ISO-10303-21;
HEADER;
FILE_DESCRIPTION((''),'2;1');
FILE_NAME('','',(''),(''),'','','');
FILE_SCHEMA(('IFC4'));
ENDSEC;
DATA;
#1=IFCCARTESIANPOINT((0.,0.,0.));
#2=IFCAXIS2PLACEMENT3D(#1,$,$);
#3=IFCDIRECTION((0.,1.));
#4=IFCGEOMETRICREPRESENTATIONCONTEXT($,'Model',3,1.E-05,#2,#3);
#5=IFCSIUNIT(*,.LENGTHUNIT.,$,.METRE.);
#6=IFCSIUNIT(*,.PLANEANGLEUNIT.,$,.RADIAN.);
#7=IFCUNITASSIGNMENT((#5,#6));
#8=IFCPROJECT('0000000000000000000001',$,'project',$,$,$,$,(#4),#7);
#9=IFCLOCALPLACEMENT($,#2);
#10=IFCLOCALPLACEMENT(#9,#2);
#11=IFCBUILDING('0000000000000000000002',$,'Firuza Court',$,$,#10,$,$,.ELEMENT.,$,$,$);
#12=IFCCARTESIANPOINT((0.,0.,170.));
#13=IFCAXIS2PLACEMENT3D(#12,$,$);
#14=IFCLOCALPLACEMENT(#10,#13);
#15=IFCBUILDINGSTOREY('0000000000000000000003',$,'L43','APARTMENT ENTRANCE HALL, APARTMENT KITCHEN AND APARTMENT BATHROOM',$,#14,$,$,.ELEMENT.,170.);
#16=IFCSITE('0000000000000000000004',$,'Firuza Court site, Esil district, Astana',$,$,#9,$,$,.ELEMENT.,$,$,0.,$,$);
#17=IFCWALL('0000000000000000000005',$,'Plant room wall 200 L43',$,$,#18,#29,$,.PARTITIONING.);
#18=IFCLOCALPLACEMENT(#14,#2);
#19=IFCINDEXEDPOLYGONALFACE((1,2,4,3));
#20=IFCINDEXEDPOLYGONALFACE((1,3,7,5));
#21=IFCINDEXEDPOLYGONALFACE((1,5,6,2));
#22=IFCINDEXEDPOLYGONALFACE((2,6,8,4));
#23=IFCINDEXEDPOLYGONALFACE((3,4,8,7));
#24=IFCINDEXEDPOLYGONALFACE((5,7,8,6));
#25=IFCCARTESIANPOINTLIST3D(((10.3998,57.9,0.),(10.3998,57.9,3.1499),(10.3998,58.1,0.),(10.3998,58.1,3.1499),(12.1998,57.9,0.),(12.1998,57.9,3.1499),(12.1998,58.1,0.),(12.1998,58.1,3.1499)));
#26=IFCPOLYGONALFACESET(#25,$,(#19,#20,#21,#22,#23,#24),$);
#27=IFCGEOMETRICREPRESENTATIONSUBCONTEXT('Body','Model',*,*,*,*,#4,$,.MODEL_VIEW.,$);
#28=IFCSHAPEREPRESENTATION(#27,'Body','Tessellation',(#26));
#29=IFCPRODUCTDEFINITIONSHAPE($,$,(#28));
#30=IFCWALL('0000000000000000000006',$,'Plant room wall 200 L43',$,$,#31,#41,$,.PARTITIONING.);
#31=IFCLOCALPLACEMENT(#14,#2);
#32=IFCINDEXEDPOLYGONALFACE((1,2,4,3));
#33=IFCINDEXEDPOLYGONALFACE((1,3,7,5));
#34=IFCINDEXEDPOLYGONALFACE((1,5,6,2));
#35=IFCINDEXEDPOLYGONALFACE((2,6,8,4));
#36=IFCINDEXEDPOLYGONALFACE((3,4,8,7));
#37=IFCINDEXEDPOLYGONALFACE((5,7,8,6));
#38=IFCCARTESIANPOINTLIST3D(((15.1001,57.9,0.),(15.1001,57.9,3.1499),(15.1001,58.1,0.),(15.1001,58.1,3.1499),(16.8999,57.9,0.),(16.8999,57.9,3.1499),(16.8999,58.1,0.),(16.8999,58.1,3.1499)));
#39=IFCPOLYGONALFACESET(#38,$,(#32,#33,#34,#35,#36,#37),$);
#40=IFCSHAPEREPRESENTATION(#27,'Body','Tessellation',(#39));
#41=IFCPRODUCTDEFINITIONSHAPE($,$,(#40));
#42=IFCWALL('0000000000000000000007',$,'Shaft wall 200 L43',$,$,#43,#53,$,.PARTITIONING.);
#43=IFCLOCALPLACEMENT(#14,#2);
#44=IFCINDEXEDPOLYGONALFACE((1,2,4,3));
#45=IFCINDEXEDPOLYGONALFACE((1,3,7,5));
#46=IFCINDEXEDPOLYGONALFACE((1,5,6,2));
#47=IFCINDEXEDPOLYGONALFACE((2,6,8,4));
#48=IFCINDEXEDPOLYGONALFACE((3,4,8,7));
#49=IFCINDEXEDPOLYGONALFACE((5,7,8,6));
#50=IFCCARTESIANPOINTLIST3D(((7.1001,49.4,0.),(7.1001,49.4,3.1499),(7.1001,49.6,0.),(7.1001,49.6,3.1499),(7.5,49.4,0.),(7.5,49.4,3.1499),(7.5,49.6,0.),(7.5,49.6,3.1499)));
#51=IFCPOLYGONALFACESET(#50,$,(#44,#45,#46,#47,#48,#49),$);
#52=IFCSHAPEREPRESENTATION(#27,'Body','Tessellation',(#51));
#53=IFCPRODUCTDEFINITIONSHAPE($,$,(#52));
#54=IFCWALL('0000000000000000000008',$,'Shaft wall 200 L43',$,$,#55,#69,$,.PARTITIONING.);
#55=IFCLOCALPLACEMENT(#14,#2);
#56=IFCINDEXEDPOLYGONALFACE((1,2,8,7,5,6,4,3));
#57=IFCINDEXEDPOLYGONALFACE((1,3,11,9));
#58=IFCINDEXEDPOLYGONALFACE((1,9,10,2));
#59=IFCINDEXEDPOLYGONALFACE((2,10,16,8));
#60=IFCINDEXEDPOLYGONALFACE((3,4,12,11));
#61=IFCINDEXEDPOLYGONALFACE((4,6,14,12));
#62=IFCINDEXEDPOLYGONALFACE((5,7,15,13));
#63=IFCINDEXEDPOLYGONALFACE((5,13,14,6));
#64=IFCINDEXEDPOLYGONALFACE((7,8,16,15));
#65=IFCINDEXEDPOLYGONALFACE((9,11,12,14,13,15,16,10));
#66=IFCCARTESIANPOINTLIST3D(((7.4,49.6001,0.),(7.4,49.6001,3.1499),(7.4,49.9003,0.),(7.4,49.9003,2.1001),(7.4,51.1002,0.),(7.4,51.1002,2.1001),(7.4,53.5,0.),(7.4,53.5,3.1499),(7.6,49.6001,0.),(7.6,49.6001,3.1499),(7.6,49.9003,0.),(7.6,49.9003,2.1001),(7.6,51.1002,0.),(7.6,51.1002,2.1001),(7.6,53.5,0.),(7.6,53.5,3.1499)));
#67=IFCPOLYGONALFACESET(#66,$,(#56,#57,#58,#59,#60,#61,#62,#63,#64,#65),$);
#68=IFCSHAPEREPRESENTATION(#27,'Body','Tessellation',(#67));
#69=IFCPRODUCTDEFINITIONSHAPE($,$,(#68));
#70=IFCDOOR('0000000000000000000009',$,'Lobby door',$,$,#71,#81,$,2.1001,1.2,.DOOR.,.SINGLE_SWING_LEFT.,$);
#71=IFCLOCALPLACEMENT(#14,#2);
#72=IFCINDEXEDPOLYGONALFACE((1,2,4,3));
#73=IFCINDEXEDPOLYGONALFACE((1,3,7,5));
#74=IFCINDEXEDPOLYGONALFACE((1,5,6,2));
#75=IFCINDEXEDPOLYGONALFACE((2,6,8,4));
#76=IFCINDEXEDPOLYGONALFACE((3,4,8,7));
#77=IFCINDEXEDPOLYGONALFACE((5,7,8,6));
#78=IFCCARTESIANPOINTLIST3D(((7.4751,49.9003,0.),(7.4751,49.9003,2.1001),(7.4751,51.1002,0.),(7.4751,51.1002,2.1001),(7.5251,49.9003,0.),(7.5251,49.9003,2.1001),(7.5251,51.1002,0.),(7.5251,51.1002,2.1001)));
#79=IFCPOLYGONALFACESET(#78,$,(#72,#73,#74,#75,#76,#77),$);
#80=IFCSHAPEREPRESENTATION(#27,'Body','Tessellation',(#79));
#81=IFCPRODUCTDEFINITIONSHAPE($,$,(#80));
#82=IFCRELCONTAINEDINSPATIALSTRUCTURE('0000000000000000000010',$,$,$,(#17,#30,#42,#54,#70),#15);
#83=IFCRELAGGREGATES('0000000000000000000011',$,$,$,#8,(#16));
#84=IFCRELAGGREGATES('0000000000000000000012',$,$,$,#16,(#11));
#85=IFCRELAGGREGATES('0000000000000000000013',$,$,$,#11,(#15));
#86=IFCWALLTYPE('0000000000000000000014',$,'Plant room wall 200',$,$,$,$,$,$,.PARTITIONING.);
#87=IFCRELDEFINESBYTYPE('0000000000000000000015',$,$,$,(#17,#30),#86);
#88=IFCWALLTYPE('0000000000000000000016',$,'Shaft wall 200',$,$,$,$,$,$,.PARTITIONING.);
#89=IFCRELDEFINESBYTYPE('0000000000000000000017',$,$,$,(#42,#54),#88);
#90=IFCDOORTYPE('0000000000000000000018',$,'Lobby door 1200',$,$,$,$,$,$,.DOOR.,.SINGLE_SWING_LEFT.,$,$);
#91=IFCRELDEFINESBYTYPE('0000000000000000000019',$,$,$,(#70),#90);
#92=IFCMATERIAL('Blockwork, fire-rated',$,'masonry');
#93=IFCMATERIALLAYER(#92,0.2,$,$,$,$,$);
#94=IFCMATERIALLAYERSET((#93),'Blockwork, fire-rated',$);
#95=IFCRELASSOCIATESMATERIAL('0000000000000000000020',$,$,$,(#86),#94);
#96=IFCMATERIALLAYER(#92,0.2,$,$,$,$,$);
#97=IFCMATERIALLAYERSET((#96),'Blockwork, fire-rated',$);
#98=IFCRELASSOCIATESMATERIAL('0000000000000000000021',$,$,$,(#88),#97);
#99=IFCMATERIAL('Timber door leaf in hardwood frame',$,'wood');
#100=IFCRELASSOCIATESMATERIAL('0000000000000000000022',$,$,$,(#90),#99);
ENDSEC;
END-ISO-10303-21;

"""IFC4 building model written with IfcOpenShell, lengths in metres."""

from ifc_helpers import new_model, si_unit, direction, frame, frame_2d, origin, place, context, subcontext, project, spatial, rectangle, extrude, material, layer, layer_set, type_object, element, fill, save


model = new_model("IFC4")

# Units and contexts
model_context = context("Model", 3, precision=1e-05, world=origin(), true_north=direction((0.0, 1.0)))
body_context = subcontext(model_context, "Body", "Model", "MODEL_VIEW")
ifc_project = project(units=[si_unit("LENGTHUNIT", "METRE"), si_unit("PLANEANGLEUNIT", "RADIAN")], contexts=[model_context])

# Site, building, storey
site_placement = place(None, origin())
site = spatial("IfcSite", under=ifc_project, at=site_placement, Name="Firuza Court site, Esil district, Astana", CompositionType="ELEMENT", RefElevation=0.0)
building_placement = place(site_placement, origin())
building = spatial("IfcBuilding", under=site, at=building_placement, Name="Firuza Court", CompositionType="ELEMENT")
storey_placement = place(building_placement, frame((0.0, 0.0, 170.0)))
storey = spatial("IfcBuildingStorey", under=building, at=storey_placement, Name="L43", Description="APARTMENT ENTRANCE HALL, APARTMENT KITCHEN AND APARTMENT BATHROOM", CompositionType="ELEMENT", Elevation=170.0)

# Shared definitions
ifc_material_1 = material(Name="Blockwork, fire-rated", Category="masonry")
ifc_layer_1 = layer(ifc_material_1, 0.2)
ifc_layer_set_1 = layer_set([ifc_layer_1], Name="Blockwork, fire-rated")
wall_type_1 = type_object("IfcWallType", Name="Plant room wall 200", PredefinedType="PARTITIONING", material=ifc_layer_set_1)

# Walls
wall_1_placement = place(storey_placement, frame((10.3999, 58.0, 0.0), z_axis=(0.0, 0.0, 1.0), x_axis=(1.0, 0.0, 0.0)))
element("IfcWall", 1, at=wall_1_placement, inside=storey, type_object=wall_type_1, Name="Plant room wall 200 L43", PredefinedType="PARTITIONING", context=body_context, shape_type="SweptSolid", body=[
    extrude(rectangle(XDim=1.8, YDim=0.2, at=frame_2d((0.8999, 0.0))), origin(), (0.0, 0.0, 1.0), 3.1499),
])
wall_2_placement = place(storey_placement, frame((15.1001, 58.0, 0.0), z_axis=(0.0, 0.0, 1.0), x_axis=(1.0, 0.0, 0.0)))
element("IfcWall", 2, at=wall_2_placement, inside=storey, type_object=wall_type_1, Name="Plant room wall 200 L43", PredefinedType="PARTITIONING", context=body_context, shape_type="SweptSolid", body=[
    extrude(rectangle(XDim=1.7998, YDim=0.2, at=frame_2d((0.8999, 0.0))), origin(), (0.0, 0.0, 1.0), 3.1499),
])
ifc_layer_2 = layer(ifc_material_1, 0.2)
ifc_layer_set_2 = layer_set([ifc_layer_2], Name="Blockwork, fire-rated")
wall_type_2 = type_object("IfcWallType", Name="Shaft wall 200", PredefinedType="PARTITIONING", material=ifc_layer_set_2)
wall_3_placement = place(storey_placement, frame((7.1001, 49.5, 0.0), z_axis=(0.0, 0.0, 1.0), x_axis=(1.0, 0.0, 0.0)))
element("IfcWall", 3, at=wall_3_placement, inside=storey, type_object=wall_type_2, Name="Shaft wall 200 L43", PredefinedType="PARTITIONING", context=body_context, shape_type="SweptSolid", body=[
    extrude(rectangle(XDim=0.3999, YDim=0.2, at=frame_2d((0.2, 0.0))), origin(), (0.0, 0.0, 1.0), 3.1499),
])

# Wall, opening, door
wall_4_placement = place(storey_placement, frame((7.5, 49.6001, 0.0), z_axis=(0.0, 0.0, 1.0), x_axis=(0.0, 1.0, 0.0)))
wall_4 = element("IfcWall", 4, at=wall_4_placement, inside=storey, type_object=wall_type_2, Name="Shaft wall 200 L43", PredefinedType="PARTITIONING", context=body_context, shape_type="SweptSolid", body=[
    extrude(rectangle(XDim=3.8999, YDim=0.2, at=frame_2d((1.95, 0.0))), origin(), (0.0, 0.0, 1.0), 3.1499),
])
opening_1_placement = place(wall_4_placement, frame((0.3, 0.0, 0.0)))
opening_1 = element("IfcOpeningElement", 5, at=opening_1_placement, cuts=wall_4, PredefinedType="OPENING", context=body_context, shape_type="SweptSolid", body=[
    extrude(rectangle(XDim=1.2, YDim=2.1001, at=frame_2d((0.6001, 1.05))), frame((0.0, 0.1118, 0.0), z_axis=(0.0, -1.0, 0.0), x_axis=(1.0, 0.0, 0.0)), (0.0, 0.0, 1.0), 0.2239),
])
ifc_material_2 = material(Name="Timber door leaf in hardwood frame", Category="wood")
door_type_1 = type_object("IfcDoorType", Name="Lobby door 1200", OperationType="SINGLE_SWING_LEFT", PredefinedType="DOOR", material=ifc_material_2)
door_1_placement = place(opening_1_placement, origin())
door_1 = element("IfcDoor", 6, at=door_1_placement, inside=storey, type_object=door_type_1, Name="Lobby door", OperationType="SINGLE_SWING_LEFT", OverallHeight=2.1001, OverallWidth=1.2, PredefinedType="DOOR", context=body_context, shape_type="SweptSolid", body=[
    extrude(rectangle(XDim=1.2, YDim=2.1001, at=frame_2d((0.6001, 1.05))), frame((0.0, 0.0249, 0.0), z_axis=(0.0, -1.0, 0.0), x_axis=(1.0, 0.0, 0.0)), (0.0, 0.0, 1.0), 0.05),
])
fill(opening_1, door_1)

save(model, "model.ifc")
